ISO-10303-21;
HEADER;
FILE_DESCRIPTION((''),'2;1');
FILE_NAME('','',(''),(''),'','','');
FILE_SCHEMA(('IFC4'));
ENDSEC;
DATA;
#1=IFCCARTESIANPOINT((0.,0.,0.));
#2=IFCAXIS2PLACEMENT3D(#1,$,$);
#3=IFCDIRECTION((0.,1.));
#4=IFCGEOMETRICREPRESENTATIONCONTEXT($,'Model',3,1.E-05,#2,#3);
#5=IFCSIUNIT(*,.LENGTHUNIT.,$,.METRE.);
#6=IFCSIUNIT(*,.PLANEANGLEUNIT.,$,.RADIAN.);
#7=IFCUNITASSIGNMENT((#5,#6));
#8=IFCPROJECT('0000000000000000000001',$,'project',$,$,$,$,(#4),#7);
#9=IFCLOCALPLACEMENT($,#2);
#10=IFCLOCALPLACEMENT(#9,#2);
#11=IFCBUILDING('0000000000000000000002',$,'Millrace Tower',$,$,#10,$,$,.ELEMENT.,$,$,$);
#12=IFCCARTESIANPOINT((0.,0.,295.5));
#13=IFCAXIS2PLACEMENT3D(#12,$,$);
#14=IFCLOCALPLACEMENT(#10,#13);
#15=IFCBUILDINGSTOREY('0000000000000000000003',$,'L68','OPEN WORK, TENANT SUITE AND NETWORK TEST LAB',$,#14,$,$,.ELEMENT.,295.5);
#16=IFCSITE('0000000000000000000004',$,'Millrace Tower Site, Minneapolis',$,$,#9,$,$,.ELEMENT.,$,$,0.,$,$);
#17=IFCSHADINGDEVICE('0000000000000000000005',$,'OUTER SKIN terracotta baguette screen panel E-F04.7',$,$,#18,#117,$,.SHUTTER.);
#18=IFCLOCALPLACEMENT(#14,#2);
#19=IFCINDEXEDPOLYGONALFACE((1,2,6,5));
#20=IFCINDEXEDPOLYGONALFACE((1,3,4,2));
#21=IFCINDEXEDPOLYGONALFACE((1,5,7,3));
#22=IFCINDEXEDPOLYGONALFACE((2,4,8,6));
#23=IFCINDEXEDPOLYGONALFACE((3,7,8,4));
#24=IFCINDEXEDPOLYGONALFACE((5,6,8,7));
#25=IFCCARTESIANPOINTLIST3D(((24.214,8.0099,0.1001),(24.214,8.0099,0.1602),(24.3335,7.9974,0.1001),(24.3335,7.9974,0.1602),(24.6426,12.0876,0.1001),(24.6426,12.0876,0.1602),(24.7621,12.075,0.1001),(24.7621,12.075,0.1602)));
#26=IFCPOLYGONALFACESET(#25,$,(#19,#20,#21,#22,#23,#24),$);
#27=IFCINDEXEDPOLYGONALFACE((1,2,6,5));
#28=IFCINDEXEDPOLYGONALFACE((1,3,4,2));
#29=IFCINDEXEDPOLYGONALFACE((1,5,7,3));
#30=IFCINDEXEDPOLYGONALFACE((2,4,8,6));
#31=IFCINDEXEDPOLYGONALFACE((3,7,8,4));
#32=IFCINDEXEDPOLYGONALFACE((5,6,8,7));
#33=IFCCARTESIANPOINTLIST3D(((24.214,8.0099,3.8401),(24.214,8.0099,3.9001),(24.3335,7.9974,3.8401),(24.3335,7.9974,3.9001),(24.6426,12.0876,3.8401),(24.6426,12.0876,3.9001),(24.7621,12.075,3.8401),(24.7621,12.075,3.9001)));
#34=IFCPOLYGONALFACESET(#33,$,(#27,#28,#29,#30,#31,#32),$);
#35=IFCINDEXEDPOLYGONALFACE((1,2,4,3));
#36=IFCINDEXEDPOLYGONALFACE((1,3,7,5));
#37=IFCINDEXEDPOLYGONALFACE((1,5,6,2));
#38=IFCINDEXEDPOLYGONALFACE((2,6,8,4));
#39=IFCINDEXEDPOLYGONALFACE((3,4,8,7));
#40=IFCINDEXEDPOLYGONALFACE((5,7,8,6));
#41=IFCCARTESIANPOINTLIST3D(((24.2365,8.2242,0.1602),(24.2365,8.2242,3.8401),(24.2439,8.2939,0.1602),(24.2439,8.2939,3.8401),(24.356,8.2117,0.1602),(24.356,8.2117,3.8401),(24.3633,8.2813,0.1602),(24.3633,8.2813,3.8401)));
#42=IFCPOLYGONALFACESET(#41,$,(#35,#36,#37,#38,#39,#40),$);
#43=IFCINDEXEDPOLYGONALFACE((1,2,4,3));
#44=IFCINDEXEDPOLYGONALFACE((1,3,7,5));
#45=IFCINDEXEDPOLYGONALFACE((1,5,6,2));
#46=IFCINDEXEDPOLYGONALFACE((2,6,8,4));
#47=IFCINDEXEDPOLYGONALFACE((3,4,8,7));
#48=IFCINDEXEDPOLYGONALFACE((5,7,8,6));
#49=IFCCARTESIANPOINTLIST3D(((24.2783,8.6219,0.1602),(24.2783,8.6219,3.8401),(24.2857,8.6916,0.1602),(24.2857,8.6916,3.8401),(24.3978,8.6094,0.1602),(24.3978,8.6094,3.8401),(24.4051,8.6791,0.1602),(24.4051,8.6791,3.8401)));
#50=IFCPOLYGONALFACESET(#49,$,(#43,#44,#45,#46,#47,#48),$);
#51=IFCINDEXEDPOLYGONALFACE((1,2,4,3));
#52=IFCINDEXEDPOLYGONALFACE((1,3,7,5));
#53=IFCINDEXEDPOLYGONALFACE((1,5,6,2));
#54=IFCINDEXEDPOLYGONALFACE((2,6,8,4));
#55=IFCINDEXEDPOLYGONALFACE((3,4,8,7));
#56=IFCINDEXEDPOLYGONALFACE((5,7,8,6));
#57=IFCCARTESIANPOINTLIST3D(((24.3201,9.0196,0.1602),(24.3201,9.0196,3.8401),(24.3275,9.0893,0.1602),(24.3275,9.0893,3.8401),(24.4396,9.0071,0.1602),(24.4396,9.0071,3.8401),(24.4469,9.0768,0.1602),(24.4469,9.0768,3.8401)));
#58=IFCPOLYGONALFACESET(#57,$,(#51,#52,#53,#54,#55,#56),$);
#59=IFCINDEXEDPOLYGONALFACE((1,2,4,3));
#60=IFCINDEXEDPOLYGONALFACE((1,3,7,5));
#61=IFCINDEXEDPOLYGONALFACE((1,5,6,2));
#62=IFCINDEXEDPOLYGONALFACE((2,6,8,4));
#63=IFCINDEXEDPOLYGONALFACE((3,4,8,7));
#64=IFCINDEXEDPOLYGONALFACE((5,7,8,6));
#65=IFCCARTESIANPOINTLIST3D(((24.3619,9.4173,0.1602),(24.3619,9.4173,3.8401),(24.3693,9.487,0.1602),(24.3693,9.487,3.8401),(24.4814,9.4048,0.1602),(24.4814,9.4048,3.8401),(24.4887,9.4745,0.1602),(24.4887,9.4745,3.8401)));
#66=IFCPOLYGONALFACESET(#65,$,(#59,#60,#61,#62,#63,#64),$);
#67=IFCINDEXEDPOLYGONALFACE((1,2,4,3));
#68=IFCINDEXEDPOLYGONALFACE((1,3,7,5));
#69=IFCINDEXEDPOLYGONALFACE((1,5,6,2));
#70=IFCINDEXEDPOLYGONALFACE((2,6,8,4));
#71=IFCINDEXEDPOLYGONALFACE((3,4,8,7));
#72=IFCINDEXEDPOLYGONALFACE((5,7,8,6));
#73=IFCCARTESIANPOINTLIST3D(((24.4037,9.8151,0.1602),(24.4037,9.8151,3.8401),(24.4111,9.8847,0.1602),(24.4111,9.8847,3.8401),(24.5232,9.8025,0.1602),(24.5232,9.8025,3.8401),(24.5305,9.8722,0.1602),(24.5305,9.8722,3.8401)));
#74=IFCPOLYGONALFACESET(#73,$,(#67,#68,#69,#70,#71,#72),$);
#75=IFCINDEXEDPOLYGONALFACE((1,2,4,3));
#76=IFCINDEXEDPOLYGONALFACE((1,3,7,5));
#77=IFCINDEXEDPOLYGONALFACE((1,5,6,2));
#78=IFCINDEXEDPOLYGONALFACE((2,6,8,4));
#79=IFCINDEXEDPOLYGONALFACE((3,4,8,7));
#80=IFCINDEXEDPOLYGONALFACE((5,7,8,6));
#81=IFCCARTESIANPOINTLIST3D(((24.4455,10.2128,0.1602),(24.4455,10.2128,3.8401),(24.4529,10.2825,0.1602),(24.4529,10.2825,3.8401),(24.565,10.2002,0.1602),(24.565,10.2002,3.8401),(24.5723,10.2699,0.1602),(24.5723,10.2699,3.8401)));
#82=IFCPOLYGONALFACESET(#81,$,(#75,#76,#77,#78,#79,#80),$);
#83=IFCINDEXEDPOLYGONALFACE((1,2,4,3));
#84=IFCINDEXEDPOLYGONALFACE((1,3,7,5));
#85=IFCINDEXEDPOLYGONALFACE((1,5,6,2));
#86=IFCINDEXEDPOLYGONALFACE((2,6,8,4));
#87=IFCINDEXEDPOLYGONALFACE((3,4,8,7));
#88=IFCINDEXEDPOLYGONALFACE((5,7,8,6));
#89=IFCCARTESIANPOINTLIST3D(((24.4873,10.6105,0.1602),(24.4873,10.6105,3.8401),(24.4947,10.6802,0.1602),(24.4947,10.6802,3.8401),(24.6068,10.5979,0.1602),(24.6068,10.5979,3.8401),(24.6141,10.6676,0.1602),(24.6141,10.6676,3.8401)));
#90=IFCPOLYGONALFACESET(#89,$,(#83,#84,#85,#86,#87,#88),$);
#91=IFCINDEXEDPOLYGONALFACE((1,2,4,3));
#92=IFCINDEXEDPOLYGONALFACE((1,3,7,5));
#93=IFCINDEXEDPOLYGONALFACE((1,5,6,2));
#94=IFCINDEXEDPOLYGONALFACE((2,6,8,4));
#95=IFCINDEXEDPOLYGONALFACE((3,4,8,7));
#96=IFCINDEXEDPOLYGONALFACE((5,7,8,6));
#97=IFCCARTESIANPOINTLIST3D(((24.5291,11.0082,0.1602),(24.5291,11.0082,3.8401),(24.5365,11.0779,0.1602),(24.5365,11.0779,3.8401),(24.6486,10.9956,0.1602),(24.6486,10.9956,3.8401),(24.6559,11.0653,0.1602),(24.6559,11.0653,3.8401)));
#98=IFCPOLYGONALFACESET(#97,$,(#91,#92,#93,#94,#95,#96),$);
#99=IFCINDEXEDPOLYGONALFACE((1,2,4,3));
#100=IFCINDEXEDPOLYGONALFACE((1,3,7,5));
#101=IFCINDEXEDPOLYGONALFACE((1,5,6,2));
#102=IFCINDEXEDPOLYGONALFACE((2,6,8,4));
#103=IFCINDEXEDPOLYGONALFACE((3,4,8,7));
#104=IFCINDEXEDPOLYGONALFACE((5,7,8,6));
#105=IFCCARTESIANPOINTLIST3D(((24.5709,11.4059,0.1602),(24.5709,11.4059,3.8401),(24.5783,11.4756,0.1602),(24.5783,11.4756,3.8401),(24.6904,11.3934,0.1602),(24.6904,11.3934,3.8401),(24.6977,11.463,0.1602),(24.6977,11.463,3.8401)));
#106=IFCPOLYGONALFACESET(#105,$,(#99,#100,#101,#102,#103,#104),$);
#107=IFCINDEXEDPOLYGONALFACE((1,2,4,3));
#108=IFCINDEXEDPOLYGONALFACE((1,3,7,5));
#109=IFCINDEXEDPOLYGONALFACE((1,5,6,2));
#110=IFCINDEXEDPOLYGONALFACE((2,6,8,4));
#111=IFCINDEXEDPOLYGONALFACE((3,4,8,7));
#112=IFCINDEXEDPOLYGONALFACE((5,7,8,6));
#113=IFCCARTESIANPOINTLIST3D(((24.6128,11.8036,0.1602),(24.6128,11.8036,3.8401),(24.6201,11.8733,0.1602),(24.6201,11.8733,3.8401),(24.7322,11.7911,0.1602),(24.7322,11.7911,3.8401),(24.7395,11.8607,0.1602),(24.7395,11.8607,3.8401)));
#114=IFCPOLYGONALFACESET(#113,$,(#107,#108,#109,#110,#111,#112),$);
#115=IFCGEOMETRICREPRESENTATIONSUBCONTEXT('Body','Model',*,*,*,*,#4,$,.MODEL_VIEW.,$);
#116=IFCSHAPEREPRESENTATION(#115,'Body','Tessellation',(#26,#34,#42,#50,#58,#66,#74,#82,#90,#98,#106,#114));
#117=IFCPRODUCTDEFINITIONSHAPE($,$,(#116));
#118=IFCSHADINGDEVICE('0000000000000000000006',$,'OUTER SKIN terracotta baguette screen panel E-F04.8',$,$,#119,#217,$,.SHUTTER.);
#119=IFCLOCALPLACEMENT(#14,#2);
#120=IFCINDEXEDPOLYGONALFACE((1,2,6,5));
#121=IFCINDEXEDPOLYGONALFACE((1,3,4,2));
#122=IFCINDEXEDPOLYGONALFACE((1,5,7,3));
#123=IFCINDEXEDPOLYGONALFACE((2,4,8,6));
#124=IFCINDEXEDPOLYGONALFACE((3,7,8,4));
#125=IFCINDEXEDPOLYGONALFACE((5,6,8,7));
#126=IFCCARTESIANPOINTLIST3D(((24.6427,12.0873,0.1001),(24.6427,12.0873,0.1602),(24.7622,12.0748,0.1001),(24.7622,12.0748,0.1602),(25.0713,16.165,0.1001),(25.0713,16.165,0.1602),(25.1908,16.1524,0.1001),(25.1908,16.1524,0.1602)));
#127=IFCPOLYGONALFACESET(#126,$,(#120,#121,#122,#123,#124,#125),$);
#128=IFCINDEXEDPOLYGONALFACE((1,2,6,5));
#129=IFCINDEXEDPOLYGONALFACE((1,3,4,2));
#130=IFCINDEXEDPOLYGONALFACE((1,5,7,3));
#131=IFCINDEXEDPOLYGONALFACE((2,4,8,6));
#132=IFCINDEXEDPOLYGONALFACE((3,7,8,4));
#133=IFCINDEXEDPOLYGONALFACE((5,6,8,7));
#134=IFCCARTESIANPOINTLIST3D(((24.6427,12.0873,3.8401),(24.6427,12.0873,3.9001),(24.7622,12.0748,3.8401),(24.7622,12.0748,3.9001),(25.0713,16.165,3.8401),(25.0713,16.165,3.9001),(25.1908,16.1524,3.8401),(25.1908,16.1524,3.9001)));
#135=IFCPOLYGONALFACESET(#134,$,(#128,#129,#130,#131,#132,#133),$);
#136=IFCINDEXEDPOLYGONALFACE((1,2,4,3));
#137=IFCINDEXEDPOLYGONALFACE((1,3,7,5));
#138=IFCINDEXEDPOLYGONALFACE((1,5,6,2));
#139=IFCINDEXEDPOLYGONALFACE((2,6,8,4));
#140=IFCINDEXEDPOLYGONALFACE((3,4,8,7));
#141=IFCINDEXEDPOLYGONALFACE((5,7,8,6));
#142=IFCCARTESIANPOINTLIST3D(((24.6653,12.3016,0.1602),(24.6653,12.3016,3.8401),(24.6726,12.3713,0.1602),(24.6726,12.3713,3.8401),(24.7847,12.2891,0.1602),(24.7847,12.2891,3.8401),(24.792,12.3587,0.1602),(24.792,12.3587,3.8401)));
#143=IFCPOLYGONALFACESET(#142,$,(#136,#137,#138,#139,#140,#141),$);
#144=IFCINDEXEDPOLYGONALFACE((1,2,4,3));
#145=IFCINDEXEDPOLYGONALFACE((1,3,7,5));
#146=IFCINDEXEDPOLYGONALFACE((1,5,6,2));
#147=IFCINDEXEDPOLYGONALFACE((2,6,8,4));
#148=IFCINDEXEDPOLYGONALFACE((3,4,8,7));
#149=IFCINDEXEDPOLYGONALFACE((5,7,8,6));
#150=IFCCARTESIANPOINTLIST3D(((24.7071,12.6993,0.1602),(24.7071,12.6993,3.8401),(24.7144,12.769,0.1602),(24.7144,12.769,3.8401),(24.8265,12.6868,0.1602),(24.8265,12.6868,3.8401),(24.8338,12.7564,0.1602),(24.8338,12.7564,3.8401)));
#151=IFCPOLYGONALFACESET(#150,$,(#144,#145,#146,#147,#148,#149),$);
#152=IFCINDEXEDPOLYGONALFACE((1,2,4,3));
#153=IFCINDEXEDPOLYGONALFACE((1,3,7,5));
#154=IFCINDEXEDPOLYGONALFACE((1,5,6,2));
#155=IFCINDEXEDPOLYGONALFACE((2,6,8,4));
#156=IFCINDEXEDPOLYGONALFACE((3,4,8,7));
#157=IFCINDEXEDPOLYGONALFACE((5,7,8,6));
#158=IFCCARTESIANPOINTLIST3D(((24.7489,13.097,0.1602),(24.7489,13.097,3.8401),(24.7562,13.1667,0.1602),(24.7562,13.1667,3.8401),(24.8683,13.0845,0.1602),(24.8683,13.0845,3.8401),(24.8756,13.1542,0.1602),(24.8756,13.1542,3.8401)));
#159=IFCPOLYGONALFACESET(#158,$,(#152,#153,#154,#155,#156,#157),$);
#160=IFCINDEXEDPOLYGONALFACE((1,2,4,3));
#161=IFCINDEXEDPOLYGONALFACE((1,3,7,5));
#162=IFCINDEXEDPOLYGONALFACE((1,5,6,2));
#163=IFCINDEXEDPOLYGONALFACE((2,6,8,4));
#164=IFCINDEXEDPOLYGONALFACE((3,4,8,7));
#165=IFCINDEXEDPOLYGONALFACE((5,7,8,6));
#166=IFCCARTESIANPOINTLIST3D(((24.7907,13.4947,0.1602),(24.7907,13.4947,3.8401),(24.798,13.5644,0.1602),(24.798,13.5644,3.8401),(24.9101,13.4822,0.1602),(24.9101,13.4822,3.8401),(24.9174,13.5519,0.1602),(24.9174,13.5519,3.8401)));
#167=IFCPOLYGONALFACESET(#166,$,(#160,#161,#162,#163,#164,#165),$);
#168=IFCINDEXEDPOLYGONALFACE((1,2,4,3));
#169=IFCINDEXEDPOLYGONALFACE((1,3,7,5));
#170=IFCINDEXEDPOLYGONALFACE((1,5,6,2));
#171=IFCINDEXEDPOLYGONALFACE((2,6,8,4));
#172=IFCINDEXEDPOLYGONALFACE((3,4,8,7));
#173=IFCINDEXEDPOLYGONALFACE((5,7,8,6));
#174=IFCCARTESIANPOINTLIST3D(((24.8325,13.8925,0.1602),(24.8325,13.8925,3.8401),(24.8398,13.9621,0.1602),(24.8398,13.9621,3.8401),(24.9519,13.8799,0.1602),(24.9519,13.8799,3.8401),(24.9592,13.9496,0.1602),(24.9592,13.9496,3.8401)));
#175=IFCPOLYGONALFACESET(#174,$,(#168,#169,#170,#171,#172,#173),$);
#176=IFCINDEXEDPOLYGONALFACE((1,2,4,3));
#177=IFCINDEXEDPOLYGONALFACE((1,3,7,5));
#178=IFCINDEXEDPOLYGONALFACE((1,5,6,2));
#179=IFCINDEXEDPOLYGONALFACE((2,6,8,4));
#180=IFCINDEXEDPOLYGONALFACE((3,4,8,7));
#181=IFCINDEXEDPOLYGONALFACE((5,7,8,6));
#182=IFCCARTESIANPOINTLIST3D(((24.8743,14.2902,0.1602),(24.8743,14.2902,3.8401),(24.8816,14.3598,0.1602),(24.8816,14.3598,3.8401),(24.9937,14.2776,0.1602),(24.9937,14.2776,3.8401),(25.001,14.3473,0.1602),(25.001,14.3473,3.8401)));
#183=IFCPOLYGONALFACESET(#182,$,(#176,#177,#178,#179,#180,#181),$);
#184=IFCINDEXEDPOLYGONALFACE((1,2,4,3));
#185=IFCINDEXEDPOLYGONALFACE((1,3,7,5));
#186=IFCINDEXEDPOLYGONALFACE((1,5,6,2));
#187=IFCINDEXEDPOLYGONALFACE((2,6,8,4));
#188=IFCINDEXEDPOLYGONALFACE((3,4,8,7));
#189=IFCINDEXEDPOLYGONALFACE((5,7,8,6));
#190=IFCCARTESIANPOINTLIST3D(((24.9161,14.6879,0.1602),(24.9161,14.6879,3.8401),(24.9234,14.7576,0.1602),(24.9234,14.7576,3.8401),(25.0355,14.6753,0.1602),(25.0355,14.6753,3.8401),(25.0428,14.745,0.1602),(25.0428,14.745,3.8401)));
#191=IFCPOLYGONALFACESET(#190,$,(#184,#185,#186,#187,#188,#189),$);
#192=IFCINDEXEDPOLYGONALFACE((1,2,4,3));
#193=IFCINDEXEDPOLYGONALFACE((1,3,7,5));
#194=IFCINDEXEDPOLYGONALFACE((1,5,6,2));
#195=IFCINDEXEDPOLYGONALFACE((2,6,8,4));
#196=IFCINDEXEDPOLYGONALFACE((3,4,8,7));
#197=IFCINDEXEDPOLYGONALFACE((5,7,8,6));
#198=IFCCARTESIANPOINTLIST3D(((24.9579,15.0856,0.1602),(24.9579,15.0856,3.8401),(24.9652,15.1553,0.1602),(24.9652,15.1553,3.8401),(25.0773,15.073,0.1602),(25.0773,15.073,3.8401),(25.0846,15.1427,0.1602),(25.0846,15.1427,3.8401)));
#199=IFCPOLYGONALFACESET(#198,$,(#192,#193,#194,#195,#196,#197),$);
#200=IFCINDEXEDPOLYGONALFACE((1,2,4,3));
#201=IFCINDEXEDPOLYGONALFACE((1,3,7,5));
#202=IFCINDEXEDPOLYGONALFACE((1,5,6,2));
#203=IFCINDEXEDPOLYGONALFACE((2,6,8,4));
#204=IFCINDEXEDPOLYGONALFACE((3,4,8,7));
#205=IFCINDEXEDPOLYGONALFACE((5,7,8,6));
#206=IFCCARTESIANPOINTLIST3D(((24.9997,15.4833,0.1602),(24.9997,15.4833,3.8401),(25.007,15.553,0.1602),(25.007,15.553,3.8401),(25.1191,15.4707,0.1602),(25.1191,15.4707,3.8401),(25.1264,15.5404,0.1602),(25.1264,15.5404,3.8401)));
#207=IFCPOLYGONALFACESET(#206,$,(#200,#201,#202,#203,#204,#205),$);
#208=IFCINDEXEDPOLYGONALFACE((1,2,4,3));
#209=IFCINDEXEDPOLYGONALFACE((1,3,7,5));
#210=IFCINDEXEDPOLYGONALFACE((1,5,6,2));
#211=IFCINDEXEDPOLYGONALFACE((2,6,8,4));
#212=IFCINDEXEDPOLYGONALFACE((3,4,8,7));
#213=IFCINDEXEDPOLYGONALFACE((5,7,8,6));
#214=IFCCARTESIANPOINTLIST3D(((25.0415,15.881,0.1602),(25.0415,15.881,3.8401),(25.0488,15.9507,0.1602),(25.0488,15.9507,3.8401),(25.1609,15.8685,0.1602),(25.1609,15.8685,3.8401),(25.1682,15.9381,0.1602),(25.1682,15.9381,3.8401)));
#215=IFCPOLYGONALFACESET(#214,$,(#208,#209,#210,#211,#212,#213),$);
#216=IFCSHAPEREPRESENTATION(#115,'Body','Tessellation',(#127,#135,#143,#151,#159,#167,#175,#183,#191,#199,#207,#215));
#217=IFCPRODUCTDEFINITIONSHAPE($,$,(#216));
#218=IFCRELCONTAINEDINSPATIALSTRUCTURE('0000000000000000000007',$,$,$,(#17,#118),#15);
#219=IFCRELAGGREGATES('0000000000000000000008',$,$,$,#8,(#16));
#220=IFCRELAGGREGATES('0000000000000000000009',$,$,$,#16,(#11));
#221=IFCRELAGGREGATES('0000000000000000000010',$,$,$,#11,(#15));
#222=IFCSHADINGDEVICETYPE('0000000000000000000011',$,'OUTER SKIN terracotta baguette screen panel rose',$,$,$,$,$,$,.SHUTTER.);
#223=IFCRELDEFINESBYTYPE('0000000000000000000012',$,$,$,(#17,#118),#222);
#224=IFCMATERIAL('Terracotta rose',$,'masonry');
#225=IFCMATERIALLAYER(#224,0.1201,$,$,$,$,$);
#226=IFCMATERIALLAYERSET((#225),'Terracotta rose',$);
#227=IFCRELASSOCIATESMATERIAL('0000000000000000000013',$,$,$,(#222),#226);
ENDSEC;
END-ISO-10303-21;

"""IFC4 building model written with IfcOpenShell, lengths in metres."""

from ifc_helpers import new_model, entity, si_unit, direction, frame, frame_2d, origin, place, context, subcontext, project, spatial, rectangle, extrude, source, transform, mapped, material, layer, layer_set, type_object, element, save


model = new_model("IFC4")

# Units and contexts
model_context = context("Model", 3, precision=1e-05, world=origin(), true_north=direction((0.0, 1.0)))
body_context = subcontext(model_context, "Body", "Model", "MODEL_VIEW")
ifc_project = project(units=[si_unit("LENGTHUNIT", "METRE"), si_unit("PLANEANGLEUNIT", "RADIAN")], contexts=[model_context])

# Site, building, storey
site_placement = place(None, origin())
site = spatial("IfcSite", under=ifc_project, at=site_placement, Name="Millrace Tower Site, Minneapolis", CompositionType="ELEMENT", RefElevation=0.0)
building_placement = place(site_placement, origin())
building = spatial("IfcBuilding", under=site, at=building_placement, Name="Millrace Tower", CompositionType="ELEMENT")
storey_placement = place(building_placement, frame((0.0, 0.0, 295.5)))
storey = spatial("IfcBuildingStorey", under=building, at=storey_placement, Name="L68", Description="OPEN WORK, TENANT SUITE AND NETWORK TEST LAB", CompositionType="ELEMENT", Elevation=295.5)

# Shading devices
ifc_material_1 = material(Name="Terracotta rose", Category="masonry")
ifc_layer_1 = layer(ifc_material_1, 0.1201)
ifc_layer_set_1 = layer_set([ifc_layer_1], Name="Terracotta rose")
shading_device_type = type_object("IfcShadingDeviceType", Name="OUTER SKIN terracotta baguette screen panel rose", PredefinedType="SHUTTER", material=ifc_layer_set_1)
cartesian_point_1 = entity("IfcCartesianPoint", [-2.05, 0.0601])
shared_polyline_1 = entity("IfcPolyline", [cartesian_point_1, entity("IfcCartesianPoint", [2.05, 0.0601]), entity("IfcCartesianPoint", [2.05, -0.0601]), entity("IfcCartesianPoint", [-2.05, -0.0601]), cartesian_point_1])
shared_shape_1 = source(origin(), body_context, "Body", "SweptSolid", [
    entity("IfcExtrudedAreaSolid", entity("IfcArbitraryClosedProfileDef", "AREA", None, shared_polyline_1), entity("IfcAxis2Placement3D", entity("IfcCartesianPoint", [0.0, 0.0, 0.0])), entity("IfcDirection", [0.0, 0.0, 1.0]), 0.0601),
    entity("IfcExtrudedAreaSolid", entity("IfcArbitraryClosedProfileDef", "AREA", None, shared_polyline_1), entity("IfcAxis2Placement3D", entity("IfcCartesianPoint", [0.0, 0.0, 3.74])), entity("IfcDirection", [0.0, 0.0, 1.0]), 0.0601),
    extrude(rectangle(XDim=0.0701, YDim=0.1201, at=frame_2d((-1.7996, 0.0))), frame((0.0, 0.0, 0.0601)), (0.0, 0.0, 1.0), 3.6799),
    extrude(rectangle(XDim=0.0701, YDim=0.1201, at=frame_2d((-1.3997, 0.0))), frame((0.0, 0.0, 0.0601)), (0.0, 0.0, 1.0), 3.6799),
    extrude(rectangle(XDim=0.0701, YDim=0.1201, at=frame_2d((-0.9998, 0.0))), frame((0.0, 0.0, 0.0601)), (0.0, 0.0, 1.0), 3.6799),
    extrude(rectangle(XDim=0.0701, YDim=0.1201, at=frame_2d((-0.5999, 0.0))), frame((0.0, 0.0, 0.0601)), (0.0, 0.0, 1.0), 3.6799),
    extrude(rectangle(XDim=0.0701, YDim=0.1201, at=frame_2d((-0.2, 0.0))), frame((0.0, 0.0, 0.0601)), (0.0, 0.0, 1.0), 3.6799),
    extrude(rectangle(XDim=0.0701, YDim=0.1201, at=frame_2d((0.2, 0.0))), frame((0.0, 0.0, 0.0601)), (0.0, 0.0, 1.0), 3.6799),
    extrude(rectangle(XDim=0.0701, YDim=0.1201, at=frame_2d((0.5999, 0.0))), frame((0.0, 0.0, 0.0601)), (0.0, 0.0, 1.0), 3.6799),
    extrude(rectangle(XDim=0.0701, YDim=0.1201, at=frame_2d((0.9998, 0.0))), frame((0.0, 0.0, 0.0601)), (0.0, 0.0, 1.0), 3.6799),
    extrude(rectangle(XDim=0.0701, YDim=0.1201, at=frame_2d((1.3997, 0.0))), frame((0.0, 0.0, 0.0601)), (0.0, 0.0, 1.0), 3.6799),
    extrude(rectangle(XDim=0.0701, YDim=0.1201, at=frame_2d((1.7996, 0.0))), frame((0.0, 0.0, 0.0601)), (0.0, 0.0, 1.0), 3.6799),
])
for number, where, z_axis, x_axis, name in (
    (1, (24.488, 10.0425, 0.1001), (0.0, 0.0, 1.0), (0.104528, 0.994522, 0.0), "OUTER SKIN terracotta baguette screen panel E-F04.7"),
    (2, (24.9167, 14.1199, 0.1001), (0.0, 0.0, 1.0), (0.104528, 0.994522, 0.0), "OUTER SKIN terracotta baguette screen panel E-F04.8"),
):
    element("IfcShadingDevice", number, at=place(storey_placement, frame(where, z_axis=z_axis, x_axis=x_axis)), inside=storey, type_object=shading_device_type, Name=name, PredefinedType="SHUTTER", context=body_context, shape_type="MappedRepresentation", body=[
        mapped(shared_shape_1, transform((0.0, 0.0, 0.0), scale=1.0)),
    ])

save(model, "model.ifc")
